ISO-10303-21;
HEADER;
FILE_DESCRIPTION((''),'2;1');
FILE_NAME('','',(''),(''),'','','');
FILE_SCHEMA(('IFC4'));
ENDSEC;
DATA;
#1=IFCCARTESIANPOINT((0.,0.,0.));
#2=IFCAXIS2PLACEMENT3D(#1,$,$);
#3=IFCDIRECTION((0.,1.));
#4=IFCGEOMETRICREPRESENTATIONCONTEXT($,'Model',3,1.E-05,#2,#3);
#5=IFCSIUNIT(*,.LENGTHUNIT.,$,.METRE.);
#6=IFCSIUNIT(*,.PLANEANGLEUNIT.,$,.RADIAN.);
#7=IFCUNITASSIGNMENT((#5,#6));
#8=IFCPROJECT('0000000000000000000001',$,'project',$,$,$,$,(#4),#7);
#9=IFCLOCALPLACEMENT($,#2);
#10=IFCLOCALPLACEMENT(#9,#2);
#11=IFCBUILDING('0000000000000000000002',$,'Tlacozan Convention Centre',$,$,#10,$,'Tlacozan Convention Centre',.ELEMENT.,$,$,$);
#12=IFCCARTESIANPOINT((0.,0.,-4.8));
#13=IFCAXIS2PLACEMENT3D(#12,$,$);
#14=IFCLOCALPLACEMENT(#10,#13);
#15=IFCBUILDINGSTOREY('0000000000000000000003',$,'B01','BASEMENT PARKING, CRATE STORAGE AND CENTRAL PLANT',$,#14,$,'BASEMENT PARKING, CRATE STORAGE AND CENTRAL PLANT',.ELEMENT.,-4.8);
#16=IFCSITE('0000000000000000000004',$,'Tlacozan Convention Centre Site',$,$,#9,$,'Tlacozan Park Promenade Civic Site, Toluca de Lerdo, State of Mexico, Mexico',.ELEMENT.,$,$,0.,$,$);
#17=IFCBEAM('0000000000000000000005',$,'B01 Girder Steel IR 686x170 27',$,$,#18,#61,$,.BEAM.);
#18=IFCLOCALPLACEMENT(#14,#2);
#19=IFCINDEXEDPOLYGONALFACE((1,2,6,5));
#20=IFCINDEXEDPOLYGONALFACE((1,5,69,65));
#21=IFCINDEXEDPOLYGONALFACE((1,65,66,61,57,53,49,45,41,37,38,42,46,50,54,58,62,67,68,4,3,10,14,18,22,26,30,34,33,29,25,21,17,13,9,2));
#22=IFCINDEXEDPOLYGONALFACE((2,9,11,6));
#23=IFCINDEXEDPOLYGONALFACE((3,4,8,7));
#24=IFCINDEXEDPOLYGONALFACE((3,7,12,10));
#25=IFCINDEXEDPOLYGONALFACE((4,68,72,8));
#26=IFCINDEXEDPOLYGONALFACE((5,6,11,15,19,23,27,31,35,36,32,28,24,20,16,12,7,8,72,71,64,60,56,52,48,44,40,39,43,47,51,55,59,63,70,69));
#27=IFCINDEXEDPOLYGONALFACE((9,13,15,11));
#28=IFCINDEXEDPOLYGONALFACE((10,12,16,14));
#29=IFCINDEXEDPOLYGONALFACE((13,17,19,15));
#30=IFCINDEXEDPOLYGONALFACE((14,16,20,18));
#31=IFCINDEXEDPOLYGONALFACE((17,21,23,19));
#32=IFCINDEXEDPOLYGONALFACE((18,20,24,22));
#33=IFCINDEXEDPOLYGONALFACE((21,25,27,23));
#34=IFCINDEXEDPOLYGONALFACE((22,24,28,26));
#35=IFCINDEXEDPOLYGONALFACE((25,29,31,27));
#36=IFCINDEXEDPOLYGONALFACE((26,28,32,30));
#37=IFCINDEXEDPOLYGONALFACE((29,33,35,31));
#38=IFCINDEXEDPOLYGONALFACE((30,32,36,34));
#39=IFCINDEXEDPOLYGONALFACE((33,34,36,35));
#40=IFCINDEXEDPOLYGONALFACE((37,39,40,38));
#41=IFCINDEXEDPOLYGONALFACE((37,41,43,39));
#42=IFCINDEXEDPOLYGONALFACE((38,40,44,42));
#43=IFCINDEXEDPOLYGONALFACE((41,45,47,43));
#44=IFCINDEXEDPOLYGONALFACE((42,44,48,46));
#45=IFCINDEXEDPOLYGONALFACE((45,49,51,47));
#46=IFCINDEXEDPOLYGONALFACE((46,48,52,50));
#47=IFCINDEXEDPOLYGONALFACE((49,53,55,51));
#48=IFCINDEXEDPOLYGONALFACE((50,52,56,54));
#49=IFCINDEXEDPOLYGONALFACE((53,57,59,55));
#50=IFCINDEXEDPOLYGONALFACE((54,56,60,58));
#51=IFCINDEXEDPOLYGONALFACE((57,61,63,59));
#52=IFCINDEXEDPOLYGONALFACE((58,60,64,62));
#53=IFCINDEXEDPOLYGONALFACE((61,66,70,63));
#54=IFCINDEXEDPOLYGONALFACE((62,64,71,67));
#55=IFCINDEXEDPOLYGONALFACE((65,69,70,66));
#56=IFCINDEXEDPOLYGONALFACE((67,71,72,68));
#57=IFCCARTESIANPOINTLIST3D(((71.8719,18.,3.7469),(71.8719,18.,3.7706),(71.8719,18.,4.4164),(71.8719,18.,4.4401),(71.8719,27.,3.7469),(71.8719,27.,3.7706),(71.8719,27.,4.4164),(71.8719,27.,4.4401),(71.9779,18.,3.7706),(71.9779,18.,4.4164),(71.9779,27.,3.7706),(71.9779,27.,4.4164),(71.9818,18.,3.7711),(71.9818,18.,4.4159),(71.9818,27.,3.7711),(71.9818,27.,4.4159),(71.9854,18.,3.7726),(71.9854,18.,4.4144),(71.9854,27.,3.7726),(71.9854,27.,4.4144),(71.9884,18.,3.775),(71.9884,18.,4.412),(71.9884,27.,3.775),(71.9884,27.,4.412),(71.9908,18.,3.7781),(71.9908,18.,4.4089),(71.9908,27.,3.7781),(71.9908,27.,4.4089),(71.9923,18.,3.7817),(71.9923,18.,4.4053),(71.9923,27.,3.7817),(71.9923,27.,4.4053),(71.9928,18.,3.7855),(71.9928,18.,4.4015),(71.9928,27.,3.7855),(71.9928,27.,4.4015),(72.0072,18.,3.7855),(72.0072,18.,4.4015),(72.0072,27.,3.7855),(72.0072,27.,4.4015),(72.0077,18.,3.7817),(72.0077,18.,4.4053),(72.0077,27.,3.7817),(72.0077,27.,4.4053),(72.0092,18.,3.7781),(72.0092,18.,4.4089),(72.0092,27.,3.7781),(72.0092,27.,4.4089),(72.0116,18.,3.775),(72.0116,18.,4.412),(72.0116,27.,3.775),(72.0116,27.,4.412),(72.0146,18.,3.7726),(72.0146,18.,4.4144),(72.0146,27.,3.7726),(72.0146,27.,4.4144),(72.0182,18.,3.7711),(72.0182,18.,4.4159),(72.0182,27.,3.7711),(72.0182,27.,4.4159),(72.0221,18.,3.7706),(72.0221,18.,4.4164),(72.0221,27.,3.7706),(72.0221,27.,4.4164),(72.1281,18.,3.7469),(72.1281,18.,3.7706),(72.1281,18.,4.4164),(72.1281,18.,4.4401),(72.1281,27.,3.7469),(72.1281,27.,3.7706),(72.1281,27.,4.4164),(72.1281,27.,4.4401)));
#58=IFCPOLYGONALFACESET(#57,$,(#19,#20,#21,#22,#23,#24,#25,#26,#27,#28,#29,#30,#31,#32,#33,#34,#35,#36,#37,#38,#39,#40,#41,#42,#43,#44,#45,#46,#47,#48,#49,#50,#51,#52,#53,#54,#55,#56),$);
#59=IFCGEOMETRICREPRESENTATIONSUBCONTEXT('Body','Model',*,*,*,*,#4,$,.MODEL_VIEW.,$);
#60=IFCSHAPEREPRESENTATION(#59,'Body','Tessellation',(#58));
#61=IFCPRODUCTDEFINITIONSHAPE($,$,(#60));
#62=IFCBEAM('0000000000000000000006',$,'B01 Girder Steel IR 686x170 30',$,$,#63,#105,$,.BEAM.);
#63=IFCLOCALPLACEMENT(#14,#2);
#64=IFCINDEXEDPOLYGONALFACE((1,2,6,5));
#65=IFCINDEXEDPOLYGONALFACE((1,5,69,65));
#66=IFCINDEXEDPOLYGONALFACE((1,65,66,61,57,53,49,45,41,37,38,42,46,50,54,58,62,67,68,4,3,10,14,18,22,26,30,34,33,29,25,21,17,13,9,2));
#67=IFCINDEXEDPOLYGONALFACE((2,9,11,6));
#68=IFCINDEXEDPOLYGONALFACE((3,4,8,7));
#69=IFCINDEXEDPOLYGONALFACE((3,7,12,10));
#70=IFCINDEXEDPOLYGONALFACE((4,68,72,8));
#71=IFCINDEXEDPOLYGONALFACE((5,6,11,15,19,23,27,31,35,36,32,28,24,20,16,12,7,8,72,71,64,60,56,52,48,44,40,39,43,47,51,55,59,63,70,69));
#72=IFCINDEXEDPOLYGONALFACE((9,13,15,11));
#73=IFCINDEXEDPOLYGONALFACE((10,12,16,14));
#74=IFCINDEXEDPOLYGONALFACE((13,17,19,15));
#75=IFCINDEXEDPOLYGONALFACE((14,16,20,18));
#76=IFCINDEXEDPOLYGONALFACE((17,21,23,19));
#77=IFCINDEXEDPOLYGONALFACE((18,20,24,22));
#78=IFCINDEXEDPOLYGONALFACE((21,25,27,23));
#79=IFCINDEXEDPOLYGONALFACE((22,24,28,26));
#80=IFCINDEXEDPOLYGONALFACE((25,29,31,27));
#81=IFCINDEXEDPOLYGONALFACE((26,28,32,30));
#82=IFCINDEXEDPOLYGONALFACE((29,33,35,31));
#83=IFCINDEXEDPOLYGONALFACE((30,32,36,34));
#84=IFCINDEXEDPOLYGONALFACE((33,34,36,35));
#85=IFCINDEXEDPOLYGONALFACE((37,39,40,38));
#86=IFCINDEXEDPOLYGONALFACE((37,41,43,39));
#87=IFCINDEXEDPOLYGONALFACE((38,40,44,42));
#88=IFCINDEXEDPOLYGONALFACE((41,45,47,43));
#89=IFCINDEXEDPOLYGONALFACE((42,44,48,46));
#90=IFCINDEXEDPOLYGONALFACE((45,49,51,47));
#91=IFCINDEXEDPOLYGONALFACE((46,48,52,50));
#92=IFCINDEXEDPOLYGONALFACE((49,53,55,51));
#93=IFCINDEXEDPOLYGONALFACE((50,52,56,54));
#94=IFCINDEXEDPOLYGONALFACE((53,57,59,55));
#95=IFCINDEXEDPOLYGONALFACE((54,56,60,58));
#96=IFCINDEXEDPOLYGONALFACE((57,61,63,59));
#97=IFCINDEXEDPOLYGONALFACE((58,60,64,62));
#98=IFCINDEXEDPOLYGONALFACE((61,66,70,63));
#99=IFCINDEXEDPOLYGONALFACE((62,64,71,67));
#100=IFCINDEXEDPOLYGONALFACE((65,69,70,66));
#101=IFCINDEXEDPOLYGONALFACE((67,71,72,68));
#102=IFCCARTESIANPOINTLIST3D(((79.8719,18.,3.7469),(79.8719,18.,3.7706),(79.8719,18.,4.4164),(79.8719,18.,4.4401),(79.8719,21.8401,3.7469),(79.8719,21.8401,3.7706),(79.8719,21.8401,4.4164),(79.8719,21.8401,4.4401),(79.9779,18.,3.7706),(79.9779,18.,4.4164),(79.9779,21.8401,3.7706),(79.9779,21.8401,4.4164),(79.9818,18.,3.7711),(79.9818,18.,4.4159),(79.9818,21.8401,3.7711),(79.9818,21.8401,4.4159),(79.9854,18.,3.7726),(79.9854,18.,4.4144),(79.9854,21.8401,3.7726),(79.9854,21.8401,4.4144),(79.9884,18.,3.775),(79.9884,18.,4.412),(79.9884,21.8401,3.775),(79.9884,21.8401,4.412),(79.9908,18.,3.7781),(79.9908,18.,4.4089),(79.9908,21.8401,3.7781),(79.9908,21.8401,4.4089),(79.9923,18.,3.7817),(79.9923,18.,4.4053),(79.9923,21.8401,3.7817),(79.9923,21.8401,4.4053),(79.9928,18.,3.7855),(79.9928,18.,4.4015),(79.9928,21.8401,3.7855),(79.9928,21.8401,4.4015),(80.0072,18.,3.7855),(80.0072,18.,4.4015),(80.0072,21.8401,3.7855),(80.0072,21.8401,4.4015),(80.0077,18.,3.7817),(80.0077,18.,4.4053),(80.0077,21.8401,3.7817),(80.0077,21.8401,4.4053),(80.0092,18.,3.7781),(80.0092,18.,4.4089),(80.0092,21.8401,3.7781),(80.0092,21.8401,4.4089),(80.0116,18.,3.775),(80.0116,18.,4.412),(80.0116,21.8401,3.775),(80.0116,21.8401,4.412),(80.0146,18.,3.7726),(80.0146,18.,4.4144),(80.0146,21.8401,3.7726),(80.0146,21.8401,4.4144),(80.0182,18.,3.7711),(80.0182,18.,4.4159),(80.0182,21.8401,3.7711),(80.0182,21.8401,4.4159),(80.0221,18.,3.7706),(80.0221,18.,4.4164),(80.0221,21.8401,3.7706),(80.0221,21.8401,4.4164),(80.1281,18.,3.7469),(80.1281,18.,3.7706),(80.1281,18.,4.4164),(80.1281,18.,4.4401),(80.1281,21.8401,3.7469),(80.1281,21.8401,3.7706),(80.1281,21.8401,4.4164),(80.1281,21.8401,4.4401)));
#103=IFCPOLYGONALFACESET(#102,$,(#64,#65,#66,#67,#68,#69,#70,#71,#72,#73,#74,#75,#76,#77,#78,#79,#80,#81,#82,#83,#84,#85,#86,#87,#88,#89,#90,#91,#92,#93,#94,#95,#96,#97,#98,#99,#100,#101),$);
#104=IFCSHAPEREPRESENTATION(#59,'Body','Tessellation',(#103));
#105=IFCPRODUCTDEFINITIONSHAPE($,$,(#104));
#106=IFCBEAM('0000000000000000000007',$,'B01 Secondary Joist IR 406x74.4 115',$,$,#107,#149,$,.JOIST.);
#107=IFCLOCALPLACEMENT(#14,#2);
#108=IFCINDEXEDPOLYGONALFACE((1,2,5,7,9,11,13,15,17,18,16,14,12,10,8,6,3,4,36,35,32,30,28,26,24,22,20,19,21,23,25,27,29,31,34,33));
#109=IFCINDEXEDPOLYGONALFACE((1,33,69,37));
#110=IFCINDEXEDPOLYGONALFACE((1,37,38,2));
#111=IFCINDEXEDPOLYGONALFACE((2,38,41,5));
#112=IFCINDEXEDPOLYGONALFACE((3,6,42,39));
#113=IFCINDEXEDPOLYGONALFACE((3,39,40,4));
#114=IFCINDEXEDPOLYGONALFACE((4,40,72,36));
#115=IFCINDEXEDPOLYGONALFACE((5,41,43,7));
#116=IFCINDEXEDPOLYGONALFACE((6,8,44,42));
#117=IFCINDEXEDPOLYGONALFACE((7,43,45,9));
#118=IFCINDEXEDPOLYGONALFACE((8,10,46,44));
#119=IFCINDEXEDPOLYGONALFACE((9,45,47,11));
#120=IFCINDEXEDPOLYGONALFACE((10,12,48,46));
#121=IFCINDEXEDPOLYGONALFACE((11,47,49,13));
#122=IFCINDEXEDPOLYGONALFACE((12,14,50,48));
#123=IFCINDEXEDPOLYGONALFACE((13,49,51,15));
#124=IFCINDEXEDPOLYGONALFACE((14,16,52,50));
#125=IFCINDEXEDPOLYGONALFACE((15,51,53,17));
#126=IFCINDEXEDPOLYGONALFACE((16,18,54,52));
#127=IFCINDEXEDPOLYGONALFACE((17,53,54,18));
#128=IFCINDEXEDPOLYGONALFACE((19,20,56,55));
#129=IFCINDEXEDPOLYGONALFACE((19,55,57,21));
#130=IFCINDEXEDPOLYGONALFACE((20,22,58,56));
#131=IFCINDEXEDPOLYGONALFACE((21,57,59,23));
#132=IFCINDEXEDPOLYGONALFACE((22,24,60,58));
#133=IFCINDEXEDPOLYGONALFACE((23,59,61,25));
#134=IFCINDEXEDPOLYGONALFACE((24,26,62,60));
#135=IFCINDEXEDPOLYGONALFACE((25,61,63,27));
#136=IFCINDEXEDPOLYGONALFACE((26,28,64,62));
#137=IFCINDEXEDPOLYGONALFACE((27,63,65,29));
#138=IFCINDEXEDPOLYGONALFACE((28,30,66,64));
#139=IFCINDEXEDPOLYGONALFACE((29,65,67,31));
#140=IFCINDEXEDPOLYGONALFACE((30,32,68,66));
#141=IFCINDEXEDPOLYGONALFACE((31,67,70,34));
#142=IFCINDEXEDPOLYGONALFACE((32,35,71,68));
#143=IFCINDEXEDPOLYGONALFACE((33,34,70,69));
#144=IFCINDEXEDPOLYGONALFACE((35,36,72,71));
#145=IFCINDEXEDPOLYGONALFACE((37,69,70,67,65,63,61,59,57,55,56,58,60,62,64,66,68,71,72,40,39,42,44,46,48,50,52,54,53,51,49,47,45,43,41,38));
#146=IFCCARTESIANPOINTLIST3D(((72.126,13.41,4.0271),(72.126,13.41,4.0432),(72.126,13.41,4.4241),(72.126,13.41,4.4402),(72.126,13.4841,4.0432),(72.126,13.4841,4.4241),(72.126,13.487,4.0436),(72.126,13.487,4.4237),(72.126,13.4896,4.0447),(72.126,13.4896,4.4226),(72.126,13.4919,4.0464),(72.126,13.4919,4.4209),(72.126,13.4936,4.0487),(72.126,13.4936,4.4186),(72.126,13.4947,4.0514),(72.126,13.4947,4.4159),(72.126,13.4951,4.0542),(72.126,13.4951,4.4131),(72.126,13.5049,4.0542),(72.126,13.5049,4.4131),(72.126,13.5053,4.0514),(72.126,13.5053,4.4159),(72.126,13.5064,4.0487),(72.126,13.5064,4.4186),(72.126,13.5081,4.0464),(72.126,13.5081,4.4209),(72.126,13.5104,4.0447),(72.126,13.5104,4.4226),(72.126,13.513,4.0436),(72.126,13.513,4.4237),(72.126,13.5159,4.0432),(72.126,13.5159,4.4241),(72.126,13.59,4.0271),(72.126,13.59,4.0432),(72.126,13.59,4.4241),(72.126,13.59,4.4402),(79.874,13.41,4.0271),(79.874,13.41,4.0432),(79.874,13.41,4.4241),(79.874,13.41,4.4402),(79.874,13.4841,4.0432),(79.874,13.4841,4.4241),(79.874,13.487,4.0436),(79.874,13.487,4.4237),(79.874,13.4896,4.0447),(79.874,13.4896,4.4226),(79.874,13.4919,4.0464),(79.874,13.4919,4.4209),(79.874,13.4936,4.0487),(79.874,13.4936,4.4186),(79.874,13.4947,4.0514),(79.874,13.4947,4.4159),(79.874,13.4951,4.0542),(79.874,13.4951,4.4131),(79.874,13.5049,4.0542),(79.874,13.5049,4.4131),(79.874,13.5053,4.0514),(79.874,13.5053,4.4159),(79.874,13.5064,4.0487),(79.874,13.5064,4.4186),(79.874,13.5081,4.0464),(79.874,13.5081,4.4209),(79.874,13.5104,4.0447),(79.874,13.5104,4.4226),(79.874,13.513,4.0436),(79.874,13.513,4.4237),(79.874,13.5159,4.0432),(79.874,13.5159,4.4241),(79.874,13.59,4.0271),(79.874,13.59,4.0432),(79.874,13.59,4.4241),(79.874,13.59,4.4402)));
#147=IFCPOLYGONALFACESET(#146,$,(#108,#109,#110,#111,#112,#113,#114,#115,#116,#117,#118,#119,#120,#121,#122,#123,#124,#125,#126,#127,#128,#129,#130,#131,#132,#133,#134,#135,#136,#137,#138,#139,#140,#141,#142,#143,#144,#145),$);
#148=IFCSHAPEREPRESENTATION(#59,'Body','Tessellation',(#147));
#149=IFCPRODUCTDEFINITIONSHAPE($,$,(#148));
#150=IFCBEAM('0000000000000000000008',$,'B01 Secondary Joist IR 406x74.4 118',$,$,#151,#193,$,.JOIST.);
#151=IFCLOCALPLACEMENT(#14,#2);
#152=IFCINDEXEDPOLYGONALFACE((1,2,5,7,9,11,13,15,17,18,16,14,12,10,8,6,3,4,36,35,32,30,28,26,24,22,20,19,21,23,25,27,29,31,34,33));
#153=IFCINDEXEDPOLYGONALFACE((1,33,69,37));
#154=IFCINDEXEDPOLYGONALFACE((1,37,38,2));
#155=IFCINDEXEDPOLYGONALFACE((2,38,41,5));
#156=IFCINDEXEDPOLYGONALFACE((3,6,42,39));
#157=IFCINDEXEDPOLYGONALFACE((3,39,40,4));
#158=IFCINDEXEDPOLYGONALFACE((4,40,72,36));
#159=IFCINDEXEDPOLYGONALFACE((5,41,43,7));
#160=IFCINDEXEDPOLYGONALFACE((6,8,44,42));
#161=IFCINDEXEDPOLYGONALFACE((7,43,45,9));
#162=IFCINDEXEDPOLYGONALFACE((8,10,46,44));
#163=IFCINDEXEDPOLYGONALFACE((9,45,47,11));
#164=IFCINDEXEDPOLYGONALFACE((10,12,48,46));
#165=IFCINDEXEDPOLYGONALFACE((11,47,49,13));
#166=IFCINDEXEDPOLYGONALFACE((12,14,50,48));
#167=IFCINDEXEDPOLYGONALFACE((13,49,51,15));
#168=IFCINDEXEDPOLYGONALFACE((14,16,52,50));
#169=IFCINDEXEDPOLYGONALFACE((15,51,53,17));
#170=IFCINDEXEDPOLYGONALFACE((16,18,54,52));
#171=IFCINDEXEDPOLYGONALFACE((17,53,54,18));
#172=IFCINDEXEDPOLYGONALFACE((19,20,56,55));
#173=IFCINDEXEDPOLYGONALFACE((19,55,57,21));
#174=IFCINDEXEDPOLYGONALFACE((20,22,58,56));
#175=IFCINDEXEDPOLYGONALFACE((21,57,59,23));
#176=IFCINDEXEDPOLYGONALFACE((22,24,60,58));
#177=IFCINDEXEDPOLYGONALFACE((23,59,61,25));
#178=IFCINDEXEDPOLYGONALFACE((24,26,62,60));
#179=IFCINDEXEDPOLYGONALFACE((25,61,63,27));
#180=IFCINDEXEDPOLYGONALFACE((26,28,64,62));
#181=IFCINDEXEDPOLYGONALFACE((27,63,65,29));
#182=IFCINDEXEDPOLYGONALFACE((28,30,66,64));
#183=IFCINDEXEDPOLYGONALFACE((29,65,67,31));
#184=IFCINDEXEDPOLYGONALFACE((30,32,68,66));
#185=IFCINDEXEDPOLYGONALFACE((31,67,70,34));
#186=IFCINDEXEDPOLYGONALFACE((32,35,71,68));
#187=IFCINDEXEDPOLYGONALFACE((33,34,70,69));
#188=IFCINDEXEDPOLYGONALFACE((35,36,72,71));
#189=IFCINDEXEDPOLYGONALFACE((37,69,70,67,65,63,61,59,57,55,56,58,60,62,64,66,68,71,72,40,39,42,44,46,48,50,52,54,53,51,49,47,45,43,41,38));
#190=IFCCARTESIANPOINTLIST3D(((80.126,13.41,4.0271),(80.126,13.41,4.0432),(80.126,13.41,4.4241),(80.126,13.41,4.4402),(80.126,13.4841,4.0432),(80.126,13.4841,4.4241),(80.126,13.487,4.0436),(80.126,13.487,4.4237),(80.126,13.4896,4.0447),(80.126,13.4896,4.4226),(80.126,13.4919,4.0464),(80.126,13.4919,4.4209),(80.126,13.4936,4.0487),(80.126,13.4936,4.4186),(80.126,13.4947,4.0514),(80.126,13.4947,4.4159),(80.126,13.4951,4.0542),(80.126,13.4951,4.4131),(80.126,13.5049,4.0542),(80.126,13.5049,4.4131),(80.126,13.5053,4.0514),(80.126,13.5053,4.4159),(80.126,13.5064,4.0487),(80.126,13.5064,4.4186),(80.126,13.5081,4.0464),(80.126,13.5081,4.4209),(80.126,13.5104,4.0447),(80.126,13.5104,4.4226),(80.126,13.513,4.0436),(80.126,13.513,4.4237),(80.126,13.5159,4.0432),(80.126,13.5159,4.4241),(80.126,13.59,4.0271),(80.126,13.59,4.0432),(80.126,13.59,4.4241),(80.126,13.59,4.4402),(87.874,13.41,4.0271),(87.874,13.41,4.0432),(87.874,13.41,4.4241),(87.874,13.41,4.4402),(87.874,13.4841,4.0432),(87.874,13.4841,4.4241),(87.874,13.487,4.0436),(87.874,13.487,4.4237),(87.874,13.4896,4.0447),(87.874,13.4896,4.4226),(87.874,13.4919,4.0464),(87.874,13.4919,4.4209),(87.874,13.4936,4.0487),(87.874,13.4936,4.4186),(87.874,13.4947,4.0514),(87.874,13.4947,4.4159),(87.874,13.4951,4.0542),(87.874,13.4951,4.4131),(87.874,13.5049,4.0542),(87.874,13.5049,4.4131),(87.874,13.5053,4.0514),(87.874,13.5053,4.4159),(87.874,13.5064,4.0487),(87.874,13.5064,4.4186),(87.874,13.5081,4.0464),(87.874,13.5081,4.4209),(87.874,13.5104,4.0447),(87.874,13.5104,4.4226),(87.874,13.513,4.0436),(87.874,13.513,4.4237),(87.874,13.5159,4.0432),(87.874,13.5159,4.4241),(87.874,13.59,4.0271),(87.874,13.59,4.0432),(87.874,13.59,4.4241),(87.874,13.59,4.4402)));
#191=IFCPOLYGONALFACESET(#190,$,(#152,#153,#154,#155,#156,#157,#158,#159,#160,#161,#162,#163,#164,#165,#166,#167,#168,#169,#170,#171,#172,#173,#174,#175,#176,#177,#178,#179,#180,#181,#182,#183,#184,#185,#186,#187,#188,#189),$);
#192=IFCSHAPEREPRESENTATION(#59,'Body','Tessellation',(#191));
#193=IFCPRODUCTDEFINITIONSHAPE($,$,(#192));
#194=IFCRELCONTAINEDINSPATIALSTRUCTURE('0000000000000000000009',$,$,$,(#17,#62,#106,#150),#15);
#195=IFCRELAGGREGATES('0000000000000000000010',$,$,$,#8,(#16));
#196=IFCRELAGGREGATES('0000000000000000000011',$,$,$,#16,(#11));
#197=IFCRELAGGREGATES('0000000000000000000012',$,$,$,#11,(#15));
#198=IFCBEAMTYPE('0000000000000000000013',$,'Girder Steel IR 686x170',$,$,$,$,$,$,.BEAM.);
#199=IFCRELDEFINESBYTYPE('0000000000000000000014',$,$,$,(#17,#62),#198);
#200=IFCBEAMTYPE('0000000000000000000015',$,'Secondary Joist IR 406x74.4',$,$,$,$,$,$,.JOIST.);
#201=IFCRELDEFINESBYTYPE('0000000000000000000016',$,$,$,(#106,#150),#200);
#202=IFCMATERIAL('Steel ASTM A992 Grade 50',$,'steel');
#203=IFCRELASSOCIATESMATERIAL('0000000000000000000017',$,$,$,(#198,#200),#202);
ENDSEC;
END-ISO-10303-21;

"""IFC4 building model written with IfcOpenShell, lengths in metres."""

from ifc_helpers import new_model, si_unit, direction, frame, origin, origin_2d, place, context, subcontext, project, spatial, i_section, extrude, material, material_profile, profile_set, type_object, element, save


model = new_model("IFC4")

# Units and contexts
model_context = context("Model", 3, precision=1e-05, world=origin(), true_north=direction((0.0, 1.0)))
body_context = subcontext(model_context, "Body", "Model", "MODEL_VIEW")
ifc_project = project(units=[si_unit("LENGTHUNIT", "METRE"), si_unit("PLANEANGLEUNIT", "RADIAN")], contexts=[model_context])

# Site, building, storey
site_placement = place(None, origin())
site = spatial("IfcSite", under=ifc_project, at=site_placement, Name="Tlacozan Convention Centre Site", LongName="Tlacozan Park Promenade Civic Site, Toluca de Lerdo, State of Mexico, Mexico", CompositionType="ELEMENT", RefElevation=0.0)
building_placement = place(site_placement, origin())
building = spatial("IfcBuilding", under=site, at=building_placement, Name="Tlacozan Convention Centre", LongName="Tlacozan Convention Centre", CompositionType="ELEMENT")
storey_placement = place(building_placement, frame((0.0, 0.0, -4.8)))
storey = spatial("IfcBuildingStorey", under=building, at=storey_placement, Name="B01", Description="BASEMENT PARKING, CRATE STORAGE AND CENTRAL PLANT", LongName="BASEMENT PARKING, CRATE STORAGE AND CENTRAL PLANT", CompositionType="ELEMENT", Elevation=-4.8)

# Beams
ifc_material_1 = material(Name="Steel ASTM A992 Grade 50", Category="steel")
ifc_material_profile_1 = material_profile(ifc_material_1, i_section(OverallWidth=0.2561, OverallDepth=0.6931, WebThickness=0.0144, FlangeThickness=0.0237, FilletRadius=0.0149, at=origin_2d()), Name="IR 686x170.0")
ifc_profile_set_1 = profile_set([ifc_material_profile_1], Name="Steel ASTM A992 Grade 50")
beam_type_1 = type_object("IfcBeamType", Name="Girder Steel IR 686x170", PredefinedType="BEAM", material=ifc_profile_set_1)
beam_1_placement = place(storey_placement, frame((72.0, 18.0, 4.0935), z_axis=(0.0, 1.0, 0.0), x_axis=(-1.0, 0.0, 0.0)))
element("IfcBeam", 1, at=beam_1_placement, inside=storey, type_object=beam_type_1, Name="B01 Girder Steel IR 686x170 27", PredefinedType="BEAM", context=body_context, shape_type="SweptSolid", body=[
    extrude(i_section(OverallWidth=0.2561, OverallDepth=0.6931, WebThickness=0.0144, FlangeThickness=0.0237, FilletRadius=0.0149, at=origin_2d()), origin(), (0.0, 0.0, 1.0), 9.0),
])
beam_2_placement = place(storey_placement, frame((80.0, 18.0, 4.0935), z_axis=(0.0, 1.0, 0.0), x_axis=(-1.0, 0.0, 0.0)))
element("IfcBeam", 2, at=beam_2_placement, inside=storey, type_object=beam_type_1, Name="B01 Girder Steel IR 686x170 30", PredefinedType="BEAM", context=body_context, shape_type="SweptSolid", body=[
    extrude(i_section(OverallWidth=0.2561, OverallDepth=0.6931, WebThickness=0.0144, FlangeThickness=0.0237, FilletRadius=0.0149, at=origin_2d()), origin(), (0.0, 0.0, 1.0), 3.8401),
])
ifc_material_profile_2 = material_profile(ifc_material_1, i_section(OverallWidth=0.1799, OverallDepth=0.4131, WebThickness=0.0098, FlangeThickness=0.0161, FilletRadius=0.011, at=origin_2d()), Name="IR 406x74.4")
ifc_profile_set_2 = profile_set([ifc_material_profile_2], Name="Steel ASTM A992 Grade 50")
beam_type_2 = type_object("IfcBeamType", Name="Secondary Joist IR 406x74.4", PredefinedType="JOIST", material=ifc_profile_set_2)
for number, where, z_axis, x_axis, name in (
    (3, (72.126, 13.5, 4.2336), (1.0, 0.0, 0.0), (0.0, 1.0, 0.0), "B01 Secondary Joist IR 406x74.4 115"),
    (4, (80.126, 13.5, 4.2336), (1.0, 0.0, 0.0), (0.0, 1.0, 0.0), "B01 Secondary Joist IR 406x74.4 118"),
):
    element("IfcBeam", number, at=place(storey_placement, frame(where, z_axis=z_axis, x_axis=x_axis)), inside=storey, type_object=beam_type_2, Name=name, PredefinedType="JOIST", context=body_context, shape_type="SweptSolid", body=[
        extrude(i_section(OverallWidth=0.1799, OverallDepth=0.4131, WebThickness=0.0098, FlangeThickness=0.0161, FilletRadius=0.011, at=origin_2d()), origin(), (0.0, 0.0, 1.0), 7.748),
    ])

save(model, "model.ifc")
